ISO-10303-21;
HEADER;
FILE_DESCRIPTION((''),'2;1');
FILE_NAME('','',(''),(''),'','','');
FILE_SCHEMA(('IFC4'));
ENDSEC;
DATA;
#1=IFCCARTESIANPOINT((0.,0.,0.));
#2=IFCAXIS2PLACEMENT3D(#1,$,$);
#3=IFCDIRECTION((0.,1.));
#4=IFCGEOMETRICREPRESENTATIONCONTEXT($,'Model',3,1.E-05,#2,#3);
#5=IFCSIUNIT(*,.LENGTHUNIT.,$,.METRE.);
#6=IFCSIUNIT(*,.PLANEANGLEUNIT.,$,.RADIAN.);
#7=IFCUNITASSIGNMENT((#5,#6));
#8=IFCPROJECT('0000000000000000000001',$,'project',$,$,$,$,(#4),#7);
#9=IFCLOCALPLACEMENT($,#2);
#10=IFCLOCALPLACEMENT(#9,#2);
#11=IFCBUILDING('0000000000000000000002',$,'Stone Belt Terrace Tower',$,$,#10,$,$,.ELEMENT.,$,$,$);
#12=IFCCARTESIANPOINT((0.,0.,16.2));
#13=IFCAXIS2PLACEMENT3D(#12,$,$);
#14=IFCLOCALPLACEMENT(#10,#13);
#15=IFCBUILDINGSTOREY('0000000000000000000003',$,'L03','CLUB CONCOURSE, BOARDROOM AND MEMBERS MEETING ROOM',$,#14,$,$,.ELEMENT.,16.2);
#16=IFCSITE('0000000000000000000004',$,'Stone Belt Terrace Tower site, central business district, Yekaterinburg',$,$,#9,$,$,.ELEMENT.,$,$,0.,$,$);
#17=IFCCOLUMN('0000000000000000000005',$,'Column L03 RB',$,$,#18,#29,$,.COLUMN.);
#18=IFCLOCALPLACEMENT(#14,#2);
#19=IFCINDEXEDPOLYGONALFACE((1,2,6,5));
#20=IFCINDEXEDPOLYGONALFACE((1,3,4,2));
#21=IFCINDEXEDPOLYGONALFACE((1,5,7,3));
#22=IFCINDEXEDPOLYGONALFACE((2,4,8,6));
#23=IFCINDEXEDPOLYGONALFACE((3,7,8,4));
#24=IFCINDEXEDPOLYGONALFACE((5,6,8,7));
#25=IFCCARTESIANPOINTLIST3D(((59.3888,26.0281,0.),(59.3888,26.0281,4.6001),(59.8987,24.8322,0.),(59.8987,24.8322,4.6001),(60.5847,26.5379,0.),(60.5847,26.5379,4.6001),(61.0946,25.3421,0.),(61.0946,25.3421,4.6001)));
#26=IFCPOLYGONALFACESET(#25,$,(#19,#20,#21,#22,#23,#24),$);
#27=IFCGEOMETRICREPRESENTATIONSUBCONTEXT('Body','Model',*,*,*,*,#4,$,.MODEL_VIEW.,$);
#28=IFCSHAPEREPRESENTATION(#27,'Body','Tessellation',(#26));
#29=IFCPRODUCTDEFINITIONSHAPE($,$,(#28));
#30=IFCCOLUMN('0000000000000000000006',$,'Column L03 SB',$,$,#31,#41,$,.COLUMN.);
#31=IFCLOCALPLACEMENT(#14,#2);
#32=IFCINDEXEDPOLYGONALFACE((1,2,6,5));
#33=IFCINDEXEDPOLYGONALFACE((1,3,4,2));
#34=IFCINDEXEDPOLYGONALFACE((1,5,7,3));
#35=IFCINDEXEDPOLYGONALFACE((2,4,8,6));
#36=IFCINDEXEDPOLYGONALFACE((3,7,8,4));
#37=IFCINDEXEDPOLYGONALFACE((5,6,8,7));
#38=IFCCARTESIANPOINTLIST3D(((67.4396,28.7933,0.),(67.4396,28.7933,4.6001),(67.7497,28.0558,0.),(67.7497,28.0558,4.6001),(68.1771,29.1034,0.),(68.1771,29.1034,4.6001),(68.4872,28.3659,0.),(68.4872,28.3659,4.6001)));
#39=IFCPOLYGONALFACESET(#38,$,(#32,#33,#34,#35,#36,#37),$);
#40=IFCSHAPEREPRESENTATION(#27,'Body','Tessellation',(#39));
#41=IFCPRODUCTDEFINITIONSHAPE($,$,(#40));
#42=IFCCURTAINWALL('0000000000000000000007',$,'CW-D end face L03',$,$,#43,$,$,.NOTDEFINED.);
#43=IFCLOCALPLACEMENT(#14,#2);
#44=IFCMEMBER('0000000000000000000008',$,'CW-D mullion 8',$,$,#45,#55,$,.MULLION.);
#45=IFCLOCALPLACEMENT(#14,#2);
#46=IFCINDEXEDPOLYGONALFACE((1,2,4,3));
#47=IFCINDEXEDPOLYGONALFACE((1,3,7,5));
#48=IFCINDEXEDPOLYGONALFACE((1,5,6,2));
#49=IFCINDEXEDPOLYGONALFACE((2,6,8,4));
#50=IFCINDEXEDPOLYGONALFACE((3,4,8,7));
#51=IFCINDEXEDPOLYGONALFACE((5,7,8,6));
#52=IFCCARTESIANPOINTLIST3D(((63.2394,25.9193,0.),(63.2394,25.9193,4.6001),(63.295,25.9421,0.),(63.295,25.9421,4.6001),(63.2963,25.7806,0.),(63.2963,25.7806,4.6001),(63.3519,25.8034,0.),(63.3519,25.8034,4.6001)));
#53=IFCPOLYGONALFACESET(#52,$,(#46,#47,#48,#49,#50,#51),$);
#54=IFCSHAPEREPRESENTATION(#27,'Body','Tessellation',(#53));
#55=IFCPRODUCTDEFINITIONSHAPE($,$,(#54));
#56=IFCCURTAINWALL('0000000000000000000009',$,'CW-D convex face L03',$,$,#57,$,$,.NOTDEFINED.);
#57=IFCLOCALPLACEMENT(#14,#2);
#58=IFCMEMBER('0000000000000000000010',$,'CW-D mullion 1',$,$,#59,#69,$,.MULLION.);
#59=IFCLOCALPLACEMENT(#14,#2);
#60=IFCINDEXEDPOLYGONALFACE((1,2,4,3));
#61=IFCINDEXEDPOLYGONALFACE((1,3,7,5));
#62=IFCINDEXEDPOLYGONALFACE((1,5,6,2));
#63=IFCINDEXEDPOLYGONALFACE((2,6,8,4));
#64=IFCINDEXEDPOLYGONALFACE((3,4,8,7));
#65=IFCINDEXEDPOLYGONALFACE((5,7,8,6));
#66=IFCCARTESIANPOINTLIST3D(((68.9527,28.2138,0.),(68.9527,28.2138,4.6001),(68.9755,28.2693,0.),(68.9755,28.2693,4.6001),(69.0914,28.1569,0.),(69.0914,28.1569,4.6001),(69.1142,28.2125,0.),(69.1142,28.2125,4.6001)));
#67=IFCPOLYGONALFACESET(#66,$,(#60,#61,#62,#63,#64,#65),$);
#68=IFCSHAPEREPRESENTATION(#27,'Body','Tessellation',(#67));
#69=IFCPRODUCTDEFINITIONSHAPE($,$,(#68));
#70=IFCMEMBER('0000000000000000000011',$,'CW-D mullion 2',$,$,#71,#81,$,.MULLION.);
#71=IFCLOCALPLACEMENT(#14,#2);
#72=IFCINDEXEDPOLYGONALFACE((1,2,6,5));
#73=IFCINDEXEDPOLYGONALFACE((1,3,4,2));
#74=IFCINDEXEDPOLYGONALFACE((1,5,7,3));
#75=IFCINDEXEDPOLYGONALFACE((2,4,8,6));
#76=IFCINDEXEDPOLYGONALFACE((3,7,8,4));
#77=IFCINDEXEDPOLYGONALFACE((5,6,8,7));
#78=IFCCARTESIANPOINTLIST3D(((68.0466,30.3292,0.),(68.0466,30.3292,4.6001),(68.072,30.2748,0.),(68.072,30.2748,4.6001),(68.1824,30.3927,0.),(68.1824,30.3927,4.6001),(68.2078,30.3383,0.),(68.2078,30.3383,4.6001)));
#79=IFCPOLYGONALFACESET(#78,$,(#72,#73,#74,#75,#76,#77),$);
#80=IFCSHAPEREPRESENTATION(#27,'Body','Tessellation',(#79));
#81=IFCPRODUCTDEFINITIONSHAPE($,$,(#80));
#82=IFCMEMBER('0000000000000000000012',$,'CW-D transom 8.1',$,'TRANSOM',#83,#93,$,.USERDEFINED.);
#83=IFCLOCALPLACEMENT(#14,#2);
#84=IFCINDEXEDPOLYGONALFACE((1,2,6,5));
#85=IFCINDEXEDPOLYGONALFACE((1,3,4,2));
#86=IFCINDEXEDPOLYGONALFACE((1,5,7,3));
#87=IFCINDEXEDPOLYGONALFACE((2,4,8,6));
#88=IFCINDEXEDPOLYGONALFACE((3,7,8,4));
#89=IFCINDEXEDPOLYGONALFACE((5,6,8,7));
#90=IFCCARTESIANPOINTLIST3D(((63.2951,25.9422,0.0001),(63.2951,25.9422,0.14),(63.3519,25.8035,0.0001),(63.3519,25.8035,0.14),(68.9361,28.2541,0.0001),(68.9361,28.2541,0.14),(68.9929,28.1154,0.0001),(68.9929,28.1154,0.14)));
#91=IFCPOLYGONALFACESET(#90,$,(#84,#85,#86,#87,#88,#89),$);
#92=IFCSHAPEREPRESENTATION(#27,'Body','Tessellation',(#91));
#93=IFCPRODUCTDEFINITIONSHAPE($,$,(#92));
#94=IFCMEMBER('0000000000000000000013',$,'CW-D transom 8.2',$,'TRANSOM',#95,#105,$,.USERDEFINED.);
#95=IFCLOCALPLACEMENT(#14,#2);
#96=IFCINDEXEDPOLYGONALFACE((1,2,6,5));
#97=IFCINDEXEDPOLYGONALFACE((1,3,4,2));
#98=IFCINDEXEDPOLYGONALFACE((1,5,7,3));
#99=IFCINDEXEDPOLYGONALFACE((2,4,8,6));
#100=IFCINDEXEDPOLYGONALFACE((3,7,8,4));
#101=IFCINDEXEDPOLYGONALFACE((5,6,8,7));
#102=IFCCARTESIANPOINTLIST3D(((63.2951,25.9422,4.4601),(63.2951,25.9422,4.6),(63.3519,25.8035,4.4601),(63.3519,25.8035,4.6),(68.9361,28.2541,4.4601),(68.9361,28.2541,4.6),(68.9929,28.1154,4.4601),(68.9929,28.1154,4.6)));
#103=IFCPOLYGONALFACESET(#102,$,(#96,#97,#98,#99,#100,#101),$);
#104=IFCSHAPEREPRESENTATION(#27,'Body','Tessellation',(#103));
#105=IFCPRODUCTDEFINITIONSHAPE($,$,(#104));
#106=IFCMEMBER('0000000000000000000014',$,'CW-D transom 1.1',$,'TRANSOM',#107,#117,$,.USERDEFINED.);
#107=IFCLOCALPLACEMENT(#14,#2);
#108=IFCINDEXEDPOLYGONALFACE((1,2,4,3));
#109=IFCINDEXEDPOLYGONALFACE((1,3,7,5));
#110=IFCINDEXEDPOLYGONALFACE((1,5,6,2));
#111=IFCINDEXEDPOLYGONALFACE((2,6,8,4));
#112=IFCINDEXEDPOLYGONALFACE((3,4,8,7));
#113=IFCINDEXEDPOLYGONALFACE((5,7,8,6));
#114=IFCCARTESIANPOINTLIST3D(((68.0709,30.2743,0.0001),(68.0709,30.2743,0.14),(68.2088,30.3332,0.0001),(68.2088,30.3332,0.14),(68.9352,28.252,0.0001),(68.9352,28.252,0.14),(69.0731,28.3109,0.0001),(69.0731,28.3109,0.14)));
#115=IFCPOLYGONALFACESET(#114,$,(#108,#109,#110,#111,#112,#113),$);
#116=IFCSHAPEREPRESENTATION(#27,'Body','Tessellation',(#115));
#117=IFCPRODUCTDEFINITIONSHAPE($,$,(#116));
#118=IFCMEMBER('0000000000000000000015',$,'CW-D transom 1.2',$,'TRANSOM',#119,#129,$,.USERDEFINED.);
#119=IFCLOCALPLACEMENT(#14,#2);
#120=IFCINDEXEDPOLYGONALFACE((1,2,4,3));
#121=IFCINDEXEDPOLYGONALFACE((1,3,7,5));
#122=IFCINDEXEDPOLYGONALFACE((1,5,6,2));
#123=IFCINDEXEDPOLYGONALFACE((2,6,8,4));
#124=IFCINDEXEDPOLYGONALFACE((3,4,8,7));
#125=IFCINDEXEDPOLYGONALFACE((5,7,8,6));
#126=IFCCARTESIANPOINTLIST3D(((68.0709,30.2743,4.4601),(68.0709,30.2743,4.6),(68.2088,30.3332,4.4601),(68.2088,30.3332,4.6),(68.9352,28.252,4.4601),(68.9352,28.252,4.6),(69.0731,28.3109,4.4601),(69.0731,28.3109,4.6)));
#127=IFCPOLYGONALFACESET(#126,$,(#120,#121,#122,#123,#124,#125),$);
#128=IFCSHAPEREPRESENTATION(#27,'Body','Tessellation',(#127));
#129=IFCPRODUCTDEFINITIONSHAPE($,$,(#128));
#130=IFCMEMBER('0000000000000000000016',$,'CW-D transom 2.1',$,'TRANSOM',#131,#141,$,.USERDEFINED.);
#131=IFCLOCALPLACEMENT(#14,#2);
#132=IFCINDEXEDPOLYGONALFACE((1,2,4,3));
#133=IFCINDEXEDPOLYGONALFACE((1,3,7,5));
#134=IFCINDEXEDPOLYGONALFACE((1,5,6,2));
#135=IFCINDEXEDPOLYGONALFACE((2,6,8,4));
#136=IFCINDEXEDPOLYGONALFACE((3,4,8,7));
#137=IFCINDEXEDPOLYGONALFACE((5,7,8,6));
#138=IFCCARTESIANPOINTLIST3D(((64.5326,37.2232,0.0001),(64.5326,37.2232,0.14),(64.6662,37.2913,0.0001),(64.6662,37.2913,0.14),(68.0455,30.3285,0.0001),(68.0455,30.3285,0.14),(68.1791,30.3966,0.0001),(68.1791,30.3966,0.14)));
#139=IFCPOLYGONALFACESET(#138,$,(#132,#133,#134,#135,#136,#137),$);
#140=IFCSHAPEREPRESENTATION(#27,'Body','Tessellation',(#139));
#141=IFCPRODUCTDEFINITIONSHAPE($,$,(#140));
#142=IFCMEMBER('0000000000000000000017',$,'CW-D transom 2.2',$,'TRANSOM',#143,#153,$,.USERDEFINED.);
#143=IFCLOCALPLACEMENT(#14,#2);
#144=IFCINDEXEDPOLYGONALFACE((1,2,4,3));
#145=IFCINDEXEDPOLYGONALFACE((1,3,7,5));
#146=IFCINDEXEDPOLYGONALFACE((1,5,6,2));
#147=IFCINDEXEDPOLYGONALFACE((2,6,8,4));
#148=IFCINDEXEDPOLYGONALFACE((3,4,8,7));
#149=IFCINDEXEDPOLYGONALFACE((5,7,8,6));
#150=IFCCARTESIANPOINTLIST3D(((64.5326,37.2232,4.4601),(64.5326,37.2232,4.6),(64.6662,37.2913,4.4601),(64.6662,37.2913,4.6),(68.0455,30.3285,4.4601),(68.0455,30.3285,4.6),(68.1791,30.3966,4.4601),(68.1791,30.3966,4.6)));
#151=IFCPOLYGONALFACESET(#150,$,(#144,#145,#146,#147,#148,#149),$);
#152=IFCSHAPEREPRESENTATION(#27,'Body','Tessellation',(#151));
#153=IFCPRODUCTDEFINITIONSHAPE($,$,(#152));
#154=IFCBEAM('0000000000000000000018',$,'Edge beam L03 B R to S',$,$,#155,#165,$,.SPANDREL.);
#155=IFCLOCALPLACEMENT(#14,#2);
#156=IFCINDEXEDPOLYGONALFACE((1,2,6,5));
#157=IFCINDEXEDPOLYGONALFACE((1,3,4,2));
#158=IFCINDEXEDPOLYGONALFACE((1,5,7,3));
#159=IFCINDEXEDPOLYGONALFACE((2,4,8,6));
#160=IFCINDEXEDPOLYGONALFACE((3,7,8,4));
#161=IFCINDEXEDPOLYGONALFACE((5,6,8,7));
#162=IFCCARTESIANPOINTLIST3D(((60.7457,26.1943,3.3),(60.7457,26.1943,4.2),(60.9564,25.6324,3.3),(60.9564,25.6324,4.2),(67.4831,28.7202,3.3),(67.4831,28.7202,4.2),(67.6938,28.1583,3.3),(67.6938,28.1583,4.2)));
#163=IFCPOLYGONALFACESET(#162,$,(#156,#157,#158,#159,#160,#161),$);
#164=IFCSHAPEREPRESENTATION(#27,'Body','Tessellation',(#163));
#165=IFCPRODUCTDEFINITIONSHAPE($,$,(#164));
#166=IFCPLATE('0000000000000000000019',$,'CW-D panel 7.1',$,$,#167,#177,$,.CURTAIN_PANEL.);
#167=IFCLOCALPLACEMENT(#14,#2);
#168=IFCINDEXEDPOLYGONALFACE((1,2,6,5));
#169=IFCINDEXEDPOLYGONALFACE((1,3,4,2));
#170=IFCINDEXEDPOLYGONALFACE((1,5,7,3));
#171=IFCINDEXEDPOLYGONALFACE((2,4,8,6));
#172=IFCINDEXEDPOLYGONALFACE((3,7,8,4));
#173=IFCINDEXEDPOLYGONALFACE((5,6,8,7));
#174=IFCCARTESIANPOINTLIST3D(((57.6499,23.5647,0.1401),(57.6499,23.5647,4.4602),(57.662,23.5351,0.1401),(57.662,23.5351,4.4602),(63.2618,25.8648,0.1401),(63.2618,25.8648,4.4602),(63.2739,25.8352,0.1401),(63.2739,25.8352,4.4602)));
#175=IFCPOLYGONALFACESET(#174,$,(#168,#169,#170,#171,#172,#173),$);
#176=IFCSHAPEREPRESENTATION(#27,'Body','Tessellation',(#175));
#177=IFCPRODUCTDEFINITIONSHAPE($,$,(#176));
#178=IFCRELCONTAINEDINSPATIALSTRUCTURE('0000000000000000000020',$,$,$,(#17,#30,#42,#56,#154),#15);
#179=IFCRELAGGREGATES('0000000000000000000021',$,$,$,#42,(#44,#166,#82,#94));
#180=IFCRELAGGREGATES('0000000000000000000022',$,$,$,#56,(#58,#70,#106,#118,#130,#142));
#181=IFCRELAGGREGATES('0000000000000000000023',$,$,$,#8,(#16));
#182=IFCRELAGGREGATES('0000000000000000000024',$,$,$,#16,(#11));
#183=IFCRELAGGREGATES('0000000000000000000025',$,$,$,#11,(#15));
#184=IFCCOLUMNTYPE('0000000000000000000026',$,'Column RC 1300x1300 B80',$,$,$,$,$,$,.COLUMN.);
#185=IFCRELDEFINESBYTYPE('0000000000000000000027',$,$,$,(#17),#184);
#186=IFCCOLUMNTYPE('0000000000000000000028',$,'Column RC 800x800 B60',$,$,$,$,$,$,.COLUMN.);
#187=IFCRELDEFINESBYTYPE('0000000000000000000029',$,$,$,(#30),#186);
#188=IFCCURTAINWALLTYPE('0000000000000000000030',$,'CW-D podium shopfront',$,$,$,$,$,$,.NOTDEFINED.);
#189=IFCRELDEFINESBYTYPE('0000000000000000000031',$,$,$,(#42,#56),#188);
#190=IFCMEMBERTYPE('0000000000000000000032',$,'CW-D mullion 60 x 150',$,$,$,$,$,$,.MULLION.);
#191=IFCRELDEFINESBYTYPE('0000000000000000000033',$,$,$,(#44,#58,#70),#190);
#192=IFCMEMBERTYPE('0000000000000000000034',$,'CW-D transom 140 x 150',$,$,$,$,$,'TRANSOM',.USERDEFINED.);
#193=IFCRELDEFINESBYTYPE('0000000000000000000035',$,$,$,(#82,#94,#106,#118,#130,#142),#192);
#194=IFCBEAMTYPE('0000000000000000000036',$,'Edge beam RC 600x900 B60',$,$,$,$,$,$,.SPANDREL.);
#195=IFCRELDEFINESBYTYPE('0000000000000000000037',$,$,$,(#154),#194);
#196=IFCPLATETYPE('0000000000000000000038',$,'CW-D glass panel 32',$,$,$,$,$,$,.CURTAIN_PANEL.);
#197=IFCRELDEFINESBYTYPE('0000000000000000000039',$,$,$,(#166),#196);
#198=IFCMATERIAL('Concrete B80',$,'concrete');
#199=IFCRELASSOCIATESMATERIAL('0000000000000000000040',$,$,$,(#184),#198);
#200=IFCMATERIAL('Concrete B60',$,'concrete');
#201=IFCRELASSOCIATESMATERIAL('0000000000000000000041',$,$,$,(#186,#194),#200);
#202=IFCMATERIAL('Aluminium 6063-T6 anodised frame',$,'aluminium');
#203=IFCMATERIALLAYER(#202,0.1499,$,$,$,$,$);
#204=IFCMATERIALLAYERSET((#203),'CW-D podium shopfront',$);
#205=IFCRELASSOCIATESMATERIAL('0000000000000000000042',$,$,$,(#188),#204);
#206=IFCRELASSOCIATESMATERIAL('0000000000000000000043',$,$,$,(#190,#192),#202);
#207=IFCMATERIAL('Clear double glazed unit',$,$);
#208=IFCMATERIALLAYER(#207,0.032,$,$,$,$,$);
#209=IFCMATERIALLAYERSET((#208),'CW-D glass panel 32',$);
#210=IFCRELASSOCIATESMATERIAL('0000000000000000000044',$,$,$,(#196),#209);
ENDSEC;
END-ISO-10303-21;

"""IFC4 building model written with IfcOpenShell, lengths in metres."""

from ifc_helpers import new_model, si_unit, direction, frame, origin, origin_2d, place, context, subcontext, project, spatial, rectangle, extrude, material, layer, layer_set, material_profile, profile_set, type_object, element, aggregate, save


model = new_model("IFC4")

# Units and contexts
model_context = context("Model", 3, precision=1e-05, world=origin(), true_north=direction((0.0, 1.0)))
body_context = subcontext(model_context, "Body", "Model", "MODEL_VIEW")
ifc_project = project(units=[si_unit("LENGTHUNIT", "METRE"), si_unit("PLANEANGLEUNIT", "RADIAN")], contexts=[model_context])

# Site, building, storey
site_placement = place(None, origin())
site = spatial("IfcSite", under=ifc_project, at=site_placement, Name="Stone Belt Terrace Tower site, central business district, Yekaterinburg", CompositionType="ELEMENT", RefElevation=0.0)
building_placement = place(site_placement, origin())
building = spatial("IfcBuilding", under=site, at=building_placement, Name="Stone Belt Terrace Tower", CompositionType="ELEMENT")
storey_placement = place(building_placement, frame((0.0, 0.0, 16.2)))
storey = spatial("IfcBuildingStorey", under=building, at=storey_placement, Name="L03", Description="CLUB CONCOURSE, BOARDROOM AND MEMBERS MEETING ROOM", CompositionType="ELEMENT", Elevation=16.2)

# Columns
ifc_material_1 = material(Name="Concrete B80", Category="concrete")
ifc_material_profile_1 = material_profile(ifc_material_1, rectangle(XDim=1.3, YDim=1.3, at=origin_2d()), Name="RC 1300x1300")
ifc_profile_set_1 = profile_set([ifc_material_profile_1], Name="Concrete B80")
column_type_1 = type_object("IfcColumnType", Name="Column RC 1300x1300 B80", PredefinedType="COLUMN", material=ifc_profile_set_1)
column_1_placement = place(storey_placement, frame((60.2417, 25.6851, 0.0), z_axis=(0.0, 0.0, 1.0), x_axis=(0.392204, -0.919878, 0.0)))
element("IfcColumn", 1, at=column_1_placement, inside=storey, type_object=column_type_1, Name="Column L03 RB", PredefinedType="COLUMN", context=body_context, shape_type="SweptSolid", body=[
    extrude(rectangle(XDim=1.3, YDim=1.3, at=origin_2d()), origin(), (0.0, 0.0, 1.0), 4.6001),
])
ifc_material_2 = material(Name="Concrete B60", Category="concrete")
ifc_material_profile_2 = material_profile(ifc_material_2, rectangle(XDim=0.8, YDim=0.8, at=origin_2d()), Name="RC 800x800")
ifc_profile_set_2 = profile_set([ifc_material_profile_2], Name="Concrete B60")
column_type_2 = type_object("IfcColumnType", Name="Column RC 800x800 B60", PredefinedType="COLUMN", material=ifc_profile_set_2)
column_2_placement = place(storey_placement, frame((67.9634, 28.5796, 0.0), z_axis=(0.0, 0.0, 1.0), x_axis=(0.387636, -0.921812, 0.0)))
element("IfcColumn", 2, at=column_2_placement, inside=storey, type_object=column_type_2, Name="Column L03 SB", PredefinedType="COLUMN", context=body_context, shape_type="SweptSolid", body=[
    extrude(rectangle(XDim=0.8, YDim=0.8, at=origin_2d()), origin(), (0.0, 0.0, 1.0), 4.6001),
])

# Curtain wall, member
ifc_material_3 = material(Name="Aluminium 6063-T6 anodised frame", Category="aluminium")
ifc_layer_1 = layer(ifc_material_3, 0.1499)
ifc_layer_set_1 = layer_set([ifc_layer_1], Name="CW-D podium shopfront")
curtain_wall_type = type_object("IfcCurtainWallType", Name="CW-D podium shopfront", PredefinedType="NOTDEFINED", material=ifc_layer_set_1)
curtain_wall_1_placement = place(storey_placement, origin())
curtain_wall_1 = element("IfcCurtainWall", 3, at=curtain_wall_1_placement, inside=storey, type_object=curtain_wall_type, Name="CW-D end face L03", PredefinedType="NOTDEFINED")
ifc_material_profile_3 = material_profile(ifc_material_3, rectangle(XDim=0.1499, YDim=0.0601, at=origin_2d()), Name="Aluminium 6063-T6 60x150")
ifc_profile_set_3 = profile_set([ifc_material_profile_3], Name="Aluminium 6063-T6 anodised frame")
member_type_1 = type_object("IfcMemberType", Name="CW-D mullion 60 x 150", PredefinedType="MULLION", material=ifc_profile_set_3)
member_1_placement = place(storey_placement, frame((63.2957, 25.8613, 0.0), z_axis=(0.0, 0.0, 1.0), x_axis=(-0.379243, 0.925297, 0.0)))
member_1 = element("IfcMember", 4, at=member_1_placement, type_object=member_type_1, Name="CW-D mullion 8", PredefinedType="MULLION", context=body_context, shape_type="SweptSolid", body=[
    extrude(rectangle(XDim=0.1499, YDim=0.0601, at=origin_2d()), origin(), (0.0, 0.0, 1.0), 4.6001),
])

# Curtain wall, members
curtain_wall_2_placement = place(storey_placement, origin())
curtain_wall_2 = element("IfcCurtainWall", 5, at=curtain_wall_2_placement, inside=storey, type_object=curtain_wall_type, Name="CW-D convex face L03", PredefinedType="NOTDEFINED")
member_2_placement = place(storey_placement, frame((69.0334, 28.2131, 0.0), z_axis=(0.0, 0.0, 1.0), x_axis=(-0.92531, 0.379212, 0.0)))
member_2 = element("IfcMember", 6, at=member_2_placement, type_object=member_type_1, Name="CW-D mullion 1", PredefinedType="MULLION", context=body_context, shape_type="SweptSolid", body=[
    extrude(rectangle(XDim=0.1499, YDim=0.0601, at=origin_2d()), origin(), (0.0, 0.0, 1.0), 4.6001),
])
member_3_placement = place(storey_placement, frame((68.1272, 30.3337, 0.0), z_axis=(0.0, 0.0, 1.0), x_axis=(-0.905778, -0.423752, 0.0)))
member_3 = element("IfcMember", 7, at=member_3_placement, type_object=member_type_1, Name="CW-D mullion 2", PredefinedType="MULLION", context=body_context, shape_type="SweptSolid", body=[
    extrude(rectangle(XDim=0.1499, YDim=0.0601, at=origin_2d()), origin(), (0.0, 0.0, 1.0), 4.6001),
])

# Members
ifc_material_profile_4 = material_profile(ifc_material_3, rectangle(XDim=0.1499, YDim=0.1399, at=origin_2d()), Name="Aluminium 6063-T6 150x140")
ifc_profile_set_4 = profile_set([ifc_material_profile_4], Name="Aluminium 6063-T6 anodised frame")
member_type_2 = type_object("IfcMemberType", Name="CW-D transom 140 x 150", ElementType="TRANSOM", PredefinedType="USERDEFINED", material=ifc_profile_set_4)
member_4_placement = place(storey_placement, frame((63.3235, 25.8728, 0.0701), z_axis=(0.925301, 0.379235, 0.0), x_axis=(-0.379235, 0.925301, 0.0)))
member_4 = element("IfcMember", 8, at=member_4_placement, type_object=member_type_2, Name="CW-D transom 8.1", ObjectType="TRANSOM", PredefinedType="USERDEFINED", context=body_context, shape_type="SweptSolid", body=[
    extrude(rectangle(XDim=0.1499, YDim=0.1399, at=origin_2d()), origin(), (0.0, 0.0, 1.0), 6.0964),
])
member_5_placement = place(storey_placement, frame((63.3235, 25.8728, 4.53), z_axis=(0.925301, 0.379235, 0.0), x_axis=(-0.379235, 0.925301, 0.0)))
member_5 = element("IfcMember", 9, at=member_5_placement, type_object=member_type_2, Name="CW-D transom 8.2", ObjectType="TRANSOM", PredefinedType="USERDEFINED", context=body_context, shape_type="SweptSolid", body=[
    extrude(rectangle(XDim=0.1499, YDim=0.1399, at=origin_2d()), origin(), (0.0, 0.0, 1.0), 6.0964),
])
member_6_placement = place(storey_placement, frame((69.0042, 28.2815, 0.0701), z_axis=(-0.392995, 0.919541, 0.0), x_axis=(-0.919541, -0.392995, 0.0)))
member_6 = element("IfcMember", 10, at=member_6_placement, type_object=member_type_2, Name="CW-D transom 1.1", ObjectType="TRANSOM", PredefinedType="USERDEFINED", context=body_context, shape_type="SweptSolid", body=[
    extrude(rectangle(XDim=0.1499, YDim=0.1399, at=origin_2d()), origin(), (0.0, 0.0, 1.0), 2.1992),
])
member_7_placement = place(storey_placement, frame((69.0042, 28.2815, 4.53), z_axis=(-0.392995, 0.919541, 0.0), x_axis=(-0.919541, -0.392995, 0.0)))
member_7 = element("IfcMember", 11, at=member_7_placement, type_object=member_type_2, Name="CW-D transom 1.2", ObjectType="TRANSOM", PredefinedType="USERDEFINED", context=body_context, shape_type="SweptSolid", body=[
    extrude(rectangle(XDim=0.1499, YDim=0.1399, at=origin_2d()), origin(), (0.0, 0.0, 1.0), 2.1992),
])
member_8_placement = place(storey_placement, frame((68.1123, 30.3625, 0.0701), z_axis=(-0.453978, 0.891013, 0.0), x_axis=(-0.891013, -0.453978, 0.0)))
member_8 = element("IfcMember", 12, at=member_8_placement, type_object=member_type_2, Name="CW-D transom 2.1", ObjectType="TRANSOM", PredefinedType="USERDEFINED", context=body_context, shape_type="SweptSolid", body=[
    extrude(rectangle(XDim=0.1499, YDim=0.1399, at=origin_2d()), origin(), (0.0, 0.0, 1.0), 7.738),
])
member_9_placement = place(storey_placement, frame((68.1123, 30.3625, 4.53), z_axis=(-0.453978, 0.891013, 0.0), x_axis=(-0.891013, -0.453978, 0.0)))
member_9 = element("IfcMember", 13, at=member_9_placement, type_object=member_type_2, Name="CW-D transom 2.2", ObjectType="TRANSOM", PredefinedType="USERDEFINED", context=body_context, shape_type="SweptSolid", body=[
    extrude(rectangle(XDim=0.1499, YDim=0.1399, at=origin_2d()), origin(), (0.0, 0.0, 1.0), 7.738),
])

# Beam
ifc_material_profile_5 = material_profile(ifc_material_2, rectangle(XDim=0.6001, YDim=0.8999, at=origin_2d()), Name="RC 600x900")
ifc_profile_set_5 = profile_set([ifc_material_profile_5], Name="Concrete B60")
beam_type = type_object("IfcBeamType", Name="Edge beam RC 600x900 B60", PredefinedType="SPANDREL", material=ifc_profile_set_5)
beam_placement = place(storey_placement, frame((60.8511, 25.9133, 3.75), z_axis=(0.936357, 0.351049, 0.0), x_axis=(-0.351049, 0.936357, 0.0)))
element("IfcBeam", 14, at=beam_placement, inside=storey, type_object=beam_type, Name="Edge beam L03 B R to S", PredefinedType="SPANDREL", context=body_context, shape_type="SweptSolid", body=[
    extrude(rectangle(XDim=0.6001, YDim=0.8999, at=origin_2d()), origin(), (0.0, 0.0, 1.0), 7.1953),
])

# Plate
ifc_material_4 = material(Name="Clear double glazed unit")
ifc_layer_2 = layer(ifc_material_4, 0.032)
ifc_layer_set_2 = layer_set([ifc_layer_2], Name="CW-D glass panel 32")
plate_type = type_object("IfcPlateType", Name="CW-D glass panel 32", PredefinedType="CURTAIN_PANEL", material=ifc_layer_set_2)
plate_1_placement = place(storey_placement, frame((60.4619, 24.7, 0.1401), z_axis=(0.0, 0.0, 1.0), x_axis=(0.925297, 0.379243, 0.0)))
plate_1 = element("IfcPlate", 15, at=plate_1_placement, type_object=plate_type, Name="CW-D panel 7.1", PredefinedType="CURTAIN_PANEL", context=body_context, shape_type="SweptSolid", body=[
    extrude(rectangle(XDim=6.0649, YDim=0.032, at=origin_2d()), origin(), (0.0, 0.0, 1.0), 4.3201),
])
aggregate(curtain_wall_1, [member_1, plate_1, member_4, member_5])
aggregate(curtain_wall_2, [member_2, member_3, member_6, member_7, member_8, member_9])

save(model, "model.ifc")
